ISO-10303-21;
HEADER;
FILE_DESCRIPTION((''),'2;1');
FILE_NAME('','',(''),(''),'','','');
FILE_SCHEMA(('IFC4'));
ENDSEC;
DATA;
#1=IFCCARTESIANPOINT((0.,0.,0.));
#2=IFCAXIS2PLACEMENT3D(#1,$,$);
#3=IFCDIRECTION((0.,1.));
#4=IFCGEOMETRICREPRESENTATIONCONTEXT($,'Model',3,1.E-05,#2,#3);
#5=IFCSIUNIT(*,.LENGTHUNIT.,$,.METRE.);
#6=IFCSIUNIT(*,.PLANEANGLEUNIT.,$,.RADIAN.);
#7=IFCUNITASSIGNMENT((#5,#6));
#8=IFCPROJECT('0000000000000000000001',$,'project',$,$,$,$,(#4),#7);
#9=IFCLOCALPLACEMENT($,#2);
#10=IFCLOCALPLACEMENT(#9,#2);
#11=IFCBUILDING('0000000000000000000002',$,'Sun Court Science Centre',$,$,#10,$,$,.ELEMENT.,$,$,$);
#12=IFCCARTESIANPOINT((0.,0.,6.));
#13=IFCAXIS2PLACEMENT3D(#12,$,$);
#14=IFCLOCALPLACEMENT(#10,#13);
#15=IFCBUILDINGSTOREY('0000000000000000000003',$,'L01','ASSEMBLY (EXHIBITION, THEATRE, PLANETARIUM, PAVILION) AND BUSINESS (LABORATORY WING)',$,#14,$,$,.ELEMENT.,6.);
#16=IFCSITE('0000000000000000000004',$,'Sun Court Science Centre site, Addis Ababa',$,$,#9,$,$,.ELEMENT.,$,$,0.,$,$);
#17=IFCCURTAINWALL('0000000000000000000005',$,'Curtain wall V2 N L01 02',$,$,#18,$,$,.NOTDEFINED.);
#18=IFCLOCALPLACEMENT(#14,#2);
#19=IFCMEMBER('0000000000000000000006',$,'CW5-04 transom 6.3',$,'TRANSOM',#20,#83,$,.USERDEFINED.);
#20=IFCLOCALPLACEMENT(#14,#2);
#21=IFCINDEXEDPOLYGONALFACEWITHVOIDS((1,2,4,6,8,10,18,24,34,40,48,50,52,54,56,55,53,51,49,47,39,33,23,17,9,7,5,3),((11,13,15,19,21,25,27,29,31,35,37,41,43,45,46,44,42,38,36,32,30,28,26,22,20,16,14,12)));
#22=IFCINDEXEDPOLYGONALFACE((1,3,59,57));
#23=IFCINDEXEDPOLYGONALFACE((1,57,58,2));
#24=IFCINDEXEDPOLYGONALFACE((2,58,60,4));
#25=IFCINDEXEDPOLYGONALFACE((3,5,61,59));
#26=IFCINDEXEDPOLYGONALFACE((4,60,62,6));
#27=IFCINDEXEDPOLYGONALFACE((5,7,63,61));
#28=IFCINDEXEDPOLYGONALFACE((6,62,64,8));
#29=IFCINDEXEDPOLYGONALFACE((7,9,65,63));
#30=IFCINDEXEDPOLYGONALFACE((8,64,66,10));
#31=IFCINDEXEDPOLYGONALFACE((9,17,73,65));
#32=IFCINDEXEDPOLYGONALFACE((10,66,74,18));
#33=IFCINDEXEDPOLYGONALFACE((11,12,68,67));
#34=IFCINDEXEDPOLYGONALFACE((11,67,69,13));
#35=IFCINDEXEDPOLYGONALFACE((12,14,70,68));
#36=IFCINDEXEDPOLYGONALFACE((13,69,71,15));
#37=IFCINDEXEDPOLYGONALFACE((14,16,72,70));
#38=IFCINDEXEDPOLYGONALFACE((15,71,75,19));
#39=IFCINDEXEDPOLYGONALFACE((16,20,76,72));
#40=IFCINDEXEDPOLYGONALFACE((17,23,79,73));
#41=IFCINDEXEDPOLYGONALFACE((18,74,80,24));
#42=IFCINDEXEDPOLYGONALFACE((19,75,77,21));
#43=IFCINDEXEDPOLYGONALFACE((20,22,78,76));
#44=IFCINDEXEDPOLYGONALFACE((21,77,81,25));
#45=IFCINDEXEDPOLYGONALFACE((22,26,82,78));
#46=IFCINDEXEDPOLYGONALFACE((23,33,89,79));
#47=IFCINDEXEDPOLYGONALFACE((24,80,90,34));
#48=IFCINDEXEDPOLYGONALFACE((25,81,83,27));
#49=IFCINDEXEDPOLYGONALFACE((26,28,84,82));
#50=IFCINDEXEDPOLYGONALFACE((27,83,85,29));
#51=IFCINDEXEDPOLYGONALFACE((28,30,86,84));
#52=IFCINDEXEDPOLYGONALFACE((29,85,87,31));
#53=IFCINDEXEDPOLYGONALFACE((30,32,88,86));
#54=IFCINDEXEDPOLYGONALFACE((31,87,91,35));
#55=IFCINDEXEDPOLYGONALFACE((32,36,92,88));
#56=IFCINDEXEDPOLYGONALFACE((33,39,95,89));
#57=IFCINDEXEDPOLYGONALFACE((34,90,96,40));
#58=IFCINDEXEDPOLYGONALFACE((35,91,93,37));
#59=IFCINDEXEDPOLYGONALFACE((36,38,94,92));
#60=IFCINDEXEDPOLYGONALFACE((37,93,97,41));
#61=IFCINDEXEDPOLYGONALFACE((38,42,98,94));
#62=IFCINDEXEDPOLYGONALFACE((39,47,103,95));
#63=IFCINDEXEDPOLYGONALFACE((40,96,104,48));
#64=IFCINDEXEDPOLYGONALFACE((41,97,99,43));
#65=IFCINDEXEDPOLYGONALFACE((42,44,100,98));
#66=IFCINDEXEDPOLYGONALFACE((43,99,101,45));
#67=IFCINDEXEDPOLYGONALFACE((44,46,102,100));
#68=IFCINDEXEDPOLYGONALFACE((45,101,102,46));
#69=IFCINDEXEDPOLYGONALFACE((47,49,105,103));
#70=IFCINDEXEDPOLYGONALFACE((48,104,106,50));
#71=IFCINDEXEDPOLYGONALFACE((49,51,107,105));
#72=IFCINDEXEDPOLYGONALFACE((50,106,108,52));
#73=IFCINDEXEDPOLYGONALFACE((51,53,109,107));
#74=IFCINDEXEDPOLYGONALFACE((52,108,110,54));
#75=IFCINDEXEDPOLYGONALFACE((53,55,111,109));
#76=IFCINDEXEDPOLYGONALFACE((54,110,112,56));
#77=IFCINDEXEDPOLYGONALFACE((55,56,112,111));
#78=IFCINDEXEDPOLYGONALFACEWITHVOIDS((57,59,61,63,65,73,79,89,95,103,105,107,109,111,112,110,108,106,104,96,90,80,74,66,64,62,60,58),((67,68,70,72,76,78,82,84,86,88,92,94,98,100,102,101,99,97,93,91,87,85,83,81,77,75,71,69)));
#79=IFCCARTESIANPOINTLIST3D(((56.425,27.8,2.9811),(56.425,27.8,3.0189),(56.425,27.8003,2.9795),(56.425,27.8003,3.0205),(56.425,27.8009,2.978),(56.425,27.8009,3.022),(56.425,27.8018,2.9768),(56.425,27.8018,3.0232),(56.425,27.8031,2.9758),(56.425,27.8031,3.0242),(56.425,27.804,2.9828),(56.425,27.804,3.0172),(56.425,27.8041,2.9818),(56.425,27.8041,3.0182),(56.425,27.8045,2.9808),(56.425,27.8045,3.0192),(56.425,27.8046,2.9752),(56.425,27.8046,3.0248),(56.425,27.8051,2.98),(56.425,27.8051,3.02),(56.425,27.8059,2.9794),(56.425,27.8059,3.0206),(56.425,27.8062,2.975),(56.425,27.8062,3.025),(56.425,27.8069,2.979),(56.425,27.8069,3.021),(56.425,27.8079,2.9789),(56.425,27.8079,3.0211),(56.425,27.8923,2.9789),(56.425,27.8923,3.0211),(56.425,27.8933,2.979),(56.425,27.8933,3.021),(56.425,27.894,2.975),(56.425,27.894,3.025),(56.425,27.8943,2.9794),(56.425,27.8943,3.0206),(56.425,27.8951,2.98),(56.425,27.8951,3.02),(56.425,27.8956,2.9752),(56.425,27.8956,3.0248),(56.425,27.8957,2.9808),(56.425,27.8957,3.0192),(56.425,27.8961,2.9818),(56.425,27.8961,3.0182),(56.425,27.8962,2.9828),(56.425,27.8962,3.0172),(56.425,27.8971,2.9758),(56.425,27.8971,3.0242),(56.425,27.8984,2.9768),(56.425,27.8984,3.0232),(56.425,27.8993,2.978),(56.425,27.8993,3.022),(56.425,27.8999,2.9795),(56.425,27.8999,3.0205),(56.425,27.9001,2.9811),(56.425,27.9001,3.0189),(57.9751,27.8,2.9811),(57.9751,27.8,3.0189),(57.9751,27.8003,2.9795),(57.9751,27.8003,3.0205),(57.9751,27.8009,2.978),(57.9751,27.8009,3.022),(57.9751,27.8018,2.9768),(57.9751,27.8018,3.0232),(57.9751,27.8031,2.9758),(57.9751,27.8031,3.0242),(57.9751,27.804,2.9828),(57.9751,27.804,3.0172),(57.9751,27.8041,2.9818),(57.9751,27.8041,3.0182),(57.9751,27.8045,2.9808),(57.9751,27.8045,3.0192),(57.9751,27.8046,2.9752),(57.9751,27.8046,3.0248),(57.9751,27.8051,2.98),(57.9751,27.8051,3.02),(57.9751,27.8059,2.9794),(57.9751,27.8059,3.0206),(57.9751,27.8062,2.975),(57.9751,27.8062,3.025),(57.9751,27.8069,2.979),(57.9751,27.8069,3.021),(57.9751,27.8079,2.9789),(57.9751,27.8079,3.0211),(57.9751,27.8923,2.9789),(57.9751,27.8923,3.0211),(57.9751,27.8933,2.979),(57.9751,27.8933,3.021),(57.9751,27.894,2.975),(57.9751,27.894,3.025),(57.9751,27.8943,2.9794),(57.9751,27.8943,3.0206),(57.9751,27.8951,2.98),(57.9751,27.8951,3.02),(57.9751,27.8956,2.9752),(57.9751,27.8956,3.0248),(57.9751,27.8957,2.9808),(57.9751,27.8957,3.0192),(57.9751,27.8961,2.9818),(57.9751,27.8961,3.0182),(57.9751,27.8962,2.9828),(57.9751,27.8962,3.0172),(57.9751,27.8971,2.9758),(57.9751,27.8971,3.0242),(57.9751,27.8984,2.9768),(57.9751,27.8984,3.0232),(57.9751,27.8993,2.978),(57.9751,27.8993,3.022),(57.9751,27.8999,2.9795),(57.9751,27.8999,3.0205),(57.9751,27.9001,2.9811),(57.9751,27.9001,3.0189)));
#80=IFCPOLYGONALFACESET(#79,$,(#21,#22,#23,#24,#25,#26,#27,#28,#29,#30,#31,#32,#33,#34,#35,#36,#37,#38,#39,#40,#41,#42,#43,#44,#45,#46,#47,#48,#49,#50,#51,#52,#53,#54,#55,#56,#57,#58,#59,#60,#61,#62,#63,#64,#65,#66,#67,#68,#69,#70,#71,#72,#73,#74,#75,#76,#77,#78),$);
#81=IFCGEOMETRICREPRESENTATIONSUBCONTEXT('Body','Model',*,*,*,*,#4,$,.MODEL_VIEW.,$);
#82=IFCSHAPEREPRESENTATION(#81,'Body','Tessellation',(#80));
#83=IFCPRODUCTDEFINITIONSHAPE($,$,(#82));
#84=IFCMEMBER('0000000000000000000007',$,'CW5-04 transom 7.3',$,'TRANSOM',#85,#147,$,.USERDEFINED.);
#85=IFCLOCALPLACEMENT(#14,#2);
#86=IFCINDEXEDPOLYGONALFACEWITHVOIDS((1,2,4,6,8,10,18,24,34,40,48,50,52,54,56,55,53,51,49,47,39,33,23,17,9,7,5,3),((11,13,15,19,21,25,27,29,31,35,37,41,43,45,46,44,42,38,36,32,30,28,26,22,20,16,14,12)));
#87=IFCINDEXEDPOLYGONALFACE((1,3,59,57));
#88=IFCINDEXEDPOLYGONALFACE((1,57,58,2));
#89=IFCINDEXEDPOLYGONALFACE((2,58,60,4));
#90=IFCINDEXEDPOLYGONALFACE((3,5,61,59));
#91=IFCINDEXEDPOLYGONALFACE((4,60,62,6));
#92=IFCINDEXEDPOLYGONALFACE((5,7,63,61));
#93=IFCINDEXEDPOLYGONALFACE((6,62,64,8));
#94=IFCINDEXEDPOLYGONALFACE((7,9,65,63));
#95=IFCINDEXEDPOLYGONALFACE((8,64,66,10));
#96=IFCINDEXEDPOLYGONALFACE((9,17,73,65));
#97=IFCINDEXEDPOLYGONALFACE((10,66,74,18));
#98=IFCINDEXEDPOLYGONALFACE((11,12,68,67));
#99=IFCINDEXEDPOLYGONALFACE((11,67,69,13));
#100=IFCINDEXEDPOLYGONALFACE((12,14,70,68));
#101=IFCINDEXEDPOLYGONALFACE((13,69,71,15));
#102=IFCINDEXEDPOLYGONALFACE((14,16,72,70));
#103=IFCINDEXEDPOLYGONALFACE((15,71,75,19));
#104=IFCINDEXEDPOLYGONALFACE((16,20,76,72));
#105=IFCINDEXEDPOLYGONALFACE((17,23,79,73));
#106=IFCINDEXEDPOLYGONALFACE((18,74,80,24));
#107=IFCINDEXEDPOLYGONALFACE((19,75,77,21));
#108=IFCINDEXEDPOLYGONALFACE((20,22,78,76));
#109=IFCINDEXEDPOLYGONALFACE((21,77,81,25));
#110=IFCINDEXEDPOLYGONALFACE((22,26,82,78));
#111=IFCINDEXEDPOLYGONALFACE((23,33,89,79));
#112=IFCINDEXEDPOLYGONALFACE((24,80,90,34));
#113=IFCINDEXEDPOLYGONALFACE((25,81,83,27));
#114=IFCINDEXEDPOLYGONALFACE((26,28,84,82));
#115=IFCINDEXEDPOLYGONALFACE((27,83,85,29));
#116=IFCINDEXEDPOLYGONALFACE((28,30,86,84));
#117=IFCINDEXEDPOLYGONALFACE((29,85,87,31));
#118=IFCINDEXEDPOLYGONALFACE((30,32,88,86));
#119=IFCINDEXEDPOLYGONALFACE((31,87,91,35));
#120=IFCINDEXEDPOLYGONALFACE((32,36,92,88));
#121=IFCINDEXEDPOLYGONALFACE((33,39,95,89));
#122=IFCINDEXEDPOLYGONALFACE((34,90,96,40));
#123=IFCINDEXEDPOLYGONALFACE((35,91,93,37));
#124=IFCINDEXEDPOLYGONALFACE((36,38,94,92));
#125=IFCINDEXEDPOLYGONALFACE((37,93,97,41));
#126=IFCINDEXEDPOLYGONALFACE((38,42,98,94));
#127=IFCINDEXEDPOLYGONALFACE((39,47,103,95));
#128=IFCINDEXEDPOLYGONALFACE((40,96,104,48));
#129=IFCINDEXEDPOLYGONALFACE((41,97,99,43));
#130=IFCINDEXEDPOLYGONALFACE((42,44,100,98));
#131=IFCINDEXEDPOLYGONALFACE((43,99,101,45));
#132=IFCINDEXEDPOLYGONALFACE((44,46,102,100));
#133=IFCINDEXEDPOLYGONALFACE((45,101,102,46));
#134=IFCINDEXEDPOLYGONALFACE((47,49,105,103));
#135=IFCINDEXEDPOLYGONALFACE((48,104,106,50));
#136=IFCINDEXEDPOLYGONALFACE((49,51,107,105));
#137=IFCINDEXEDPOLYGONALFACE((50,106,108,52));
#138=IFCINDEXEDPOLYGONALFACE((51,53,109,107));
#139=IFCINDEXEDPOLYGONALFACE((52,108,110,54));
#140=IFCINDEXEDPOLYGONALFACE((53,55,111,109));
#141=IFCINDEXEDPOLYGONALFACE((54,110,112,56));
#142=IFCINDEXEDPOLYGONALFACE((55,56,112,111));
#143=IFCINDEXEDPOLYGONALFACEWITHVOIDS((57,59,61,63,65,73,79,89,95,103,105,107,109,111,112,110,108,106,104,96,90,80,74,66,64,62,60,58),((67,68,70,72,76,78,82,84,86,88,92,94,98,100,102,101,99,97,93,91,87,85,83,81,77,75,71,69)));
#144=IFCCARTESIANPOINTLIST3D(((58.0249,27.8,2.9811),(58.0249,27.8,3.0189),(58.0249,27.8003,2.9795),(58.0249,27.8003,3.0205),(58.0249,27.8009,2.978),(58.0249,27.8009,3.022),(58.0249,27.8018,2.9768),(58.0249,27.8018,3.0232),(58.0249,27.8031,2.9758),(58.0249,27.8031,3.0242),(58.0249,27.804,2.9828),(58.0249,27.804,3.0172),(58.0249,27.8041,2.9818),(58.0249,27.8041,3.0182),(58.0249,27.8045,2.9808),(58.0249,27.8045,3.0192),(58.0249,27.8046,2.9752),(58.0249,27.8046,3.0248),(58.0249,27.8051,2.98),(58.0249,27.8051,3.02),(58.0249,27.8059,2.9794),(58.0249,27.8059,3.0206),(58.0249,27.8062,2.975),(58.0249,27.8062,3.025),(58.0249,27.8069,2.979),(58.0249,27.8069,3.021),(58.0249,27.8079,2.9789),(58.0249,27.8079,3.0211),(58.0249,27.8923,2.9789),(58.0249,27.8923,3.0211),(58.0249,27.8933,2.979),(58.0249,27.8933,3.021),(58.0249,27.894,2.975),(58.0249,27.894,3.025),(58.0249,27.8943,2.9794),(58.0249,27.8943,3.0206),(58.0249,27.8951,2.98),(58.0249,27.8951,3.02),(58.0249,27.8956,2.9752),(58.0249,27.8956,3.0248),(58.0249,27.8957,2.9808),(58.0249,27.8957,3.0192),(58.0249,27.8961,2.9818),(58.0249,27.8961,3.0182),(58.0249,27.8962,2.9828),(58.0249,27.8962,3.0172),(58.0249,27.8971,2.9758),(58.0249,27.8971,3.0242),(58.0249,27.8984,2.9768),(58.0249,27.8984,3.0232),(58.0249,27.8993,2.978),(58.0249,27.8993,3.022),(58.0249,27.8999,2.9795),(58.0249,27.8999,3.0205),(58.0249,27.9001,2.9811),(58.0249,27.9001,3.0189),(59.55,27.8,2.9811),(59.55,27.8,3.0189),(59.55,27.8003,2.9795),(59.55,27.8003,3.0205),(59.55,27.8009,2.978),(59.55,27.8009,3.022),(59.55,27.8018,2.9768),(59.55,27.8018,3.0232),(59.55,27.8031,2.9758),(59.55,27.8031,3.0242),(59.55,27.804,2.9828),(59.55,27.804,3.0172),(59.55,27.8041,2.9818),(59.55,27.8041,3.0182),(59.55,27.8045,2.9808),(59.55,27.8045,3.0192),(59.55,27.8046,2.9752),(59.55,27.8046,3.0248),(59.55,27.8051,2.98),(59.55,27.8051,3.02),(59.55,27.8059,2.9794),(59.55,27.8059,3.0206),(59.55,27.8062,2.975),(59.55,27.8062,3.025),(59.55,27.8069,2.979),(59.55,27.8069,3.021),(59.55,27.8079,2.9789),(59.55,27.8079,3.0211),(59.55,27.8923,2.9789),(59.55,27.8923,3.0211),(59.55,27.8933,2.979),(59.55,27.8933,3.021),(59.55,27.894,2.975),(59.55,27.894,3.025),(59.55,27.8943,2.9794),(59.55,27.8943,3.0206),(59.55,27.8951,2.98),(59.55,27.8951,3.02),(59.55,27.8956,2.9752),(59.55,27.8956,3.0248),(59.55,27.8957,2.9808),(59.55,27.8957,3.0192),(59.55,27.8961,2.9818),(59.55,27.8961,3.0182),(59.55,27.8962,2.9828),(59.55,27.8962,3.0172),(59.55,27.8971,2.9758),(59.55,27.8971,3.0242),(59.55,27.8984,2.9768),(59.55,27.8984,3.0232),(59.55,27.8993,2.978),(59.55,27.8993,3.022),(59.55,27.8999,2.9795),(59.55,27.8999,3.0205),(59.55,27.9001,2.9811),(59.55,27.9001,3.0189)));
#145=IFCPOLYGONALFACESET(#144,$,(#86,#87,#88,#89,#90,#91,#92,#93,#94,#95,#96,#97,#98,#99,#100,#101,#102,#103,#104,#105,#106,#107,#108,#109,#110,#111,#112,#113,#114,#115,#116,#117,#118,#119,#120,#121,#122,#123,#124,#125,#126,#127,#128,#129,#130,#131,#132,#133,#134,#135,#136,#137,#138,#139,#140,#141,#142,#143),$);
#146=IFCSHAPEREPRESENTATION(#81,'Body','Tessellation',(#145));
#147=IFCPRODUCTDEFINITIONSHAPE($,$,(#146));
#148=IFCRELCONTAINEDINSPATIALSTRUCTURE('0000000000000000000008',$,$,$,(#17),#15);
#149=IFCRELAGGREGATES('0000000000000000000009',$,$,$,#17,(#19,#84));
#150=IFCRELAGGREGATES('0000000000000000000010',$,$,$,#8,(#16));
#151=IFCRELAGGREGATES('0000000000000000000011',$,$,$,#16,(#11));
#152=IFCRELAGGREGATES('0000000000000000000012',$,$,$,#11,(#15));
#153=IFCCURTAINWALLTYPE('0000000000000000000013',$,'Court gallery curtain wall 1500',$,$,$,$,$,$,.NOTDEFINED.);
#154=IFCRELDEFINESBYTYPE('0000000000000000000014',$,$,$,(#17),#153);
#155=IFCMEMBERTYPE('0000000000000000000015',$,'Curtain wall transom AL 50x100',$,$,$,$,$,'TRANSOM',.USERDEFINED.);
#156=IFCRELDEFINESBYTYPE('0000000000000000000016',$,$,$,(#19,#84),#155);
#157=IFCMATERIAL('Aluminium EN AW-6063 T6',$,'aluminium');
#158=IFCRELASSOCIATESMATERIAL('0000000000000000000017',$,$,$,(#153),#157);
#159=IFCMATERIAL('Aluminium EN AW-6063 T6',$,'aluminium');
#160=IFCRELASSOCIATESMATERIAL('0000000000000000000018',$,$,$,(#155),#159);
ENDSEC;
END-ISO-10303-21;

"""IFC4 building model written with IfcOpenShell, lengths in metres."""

from ifc_helpers import new_model, si_unit, direction, frame, origin, origin_2d, place, context, subcontext, project, spatial, hollow_rectangle, extrude, material, material_profile, profile_set, type_object, element, aggregate, save


model = new_model("IFC4")

# Units and contexts
model_context = context("Model", 3, precision=1e-05, world=origin(), true_north=direction((0.0, 1.0)))
body_context = subcontext(model_context, "Body", "Model", "MODEL_VIEW")
ifc_project = project(units=[si_unit("LENGTHUNIT", "METRE"), si_unit("PLANEANGLEUNIT", "RADIAN")], contexts=[model_context])

# Site, building, storey
site_placement = place(None, origin())
site = spatial("IfcSite", under=ifc_project, at=site_placement, Name="Sun Court Science Centre site, Addis Ababa", CompositionType="ELEMENT", RefElevation=0.0)
building_placement = place(site_placement, origin())
building = spatial("IfcBuilding", under=site, at=building_placement, Name="Sun Court Science Centre", CompositionType="ELEMENT")
storey_placement = place(building_placement, frame((0.0, 0.0, 6.0)))
storey = spatial("IfcBuildingStorey", under=building, at=storey_placement, Name="L01", Description="ASSEMBLY (EXHIBITION, THEATRE, PLANETARIUM, PAVILION) AND BUSINESS (LABORATORY WING)", CompositionType="ELEMENT", Elevation=6.0)

# Curtain wall, members
ifc_material_1 = material(Name="Aluminium EN AW-6063 T6", Category="aluminium")
curtain_wall_type = type_object("IfcCurtainWallType", Name="Court gallery curtain wall 1500", PredefinedType="NOTDEFINED", material=ifc_material_1)
curtain_wall_placement = place(storey_placement, origin())
curtain_wall = element("IfcCurtainWall", 1, at=curtain_wall_placement, inside=storey, type_object=curtain_wall_type, Name="Curtain wall V2 N L01 02", PredefinedType="NOTDEFINED")
ifc_material_2 = material(Name="Aluminium EN AW-6063 T6", Category="aluminium")
ifc_material_profile_1 = material_profile(ifc_material_2, hollow_rectangle(XDim=0.05, YDim=0.1001, WallThickness=0.0039, InnerFilletRadius=0.0039, OuterFilletRadius=0.0061, at=origin_2d()), Name="AL 50x100x4")
ifc_profile_set_1 = profile_set([ifc_material_profile_1], Name="Aluminium EN AW-6063 T6")
member_type_1 = type_object("IfcMemberType", Name="Curtain wall transom AL 50x100", ElementType="TRANSOM", PredefinedType="USERDEFINED", material=ifc_profile_set_1)
member_1_placement = place(storey_placement, frame((56.425, 27.8501, 3.0), z_axis=(1.0, 0.0, 0.0), x_axis=(0.0, 0.0, 1.0)))
member_1 = element("IfcMember", 2, at=member_1_placement, type_object=member_type_1, Name="CW5-04 transom 6.3", ObjectType="TRANSOM", PredefinedType="USERDEFINED", context=body_context, shape_type="SweptSolid", body=[
    extrude(hollow_rectangle(XDim=0.05, YDim=0.1001, WallThickness=0.0039, InnerFilletRadius=0.0039, OuterFilletRadius=0.0061, at=origin_2d()), origin(), (0.0, 0.0, 1.0), 1.55),
])
member_2_placement = place(storey_placement, frame((58.0249, 27.8501, 3.0), z_axis=(1.0, 0.0, 0.0), x_axis=(0.0, 0.0, 1.0)))
member_2 = element("IfcMember", 3, at=member_2_placement, type_object=member_type_1, Name="CW5-04 transom 7.3", ObjectType="TRANSOM", PredefinedType="USERDEFINED", context=body_context, shape_type="SweptSolid", body=[
    extrude(hollow_rectangle(XDim=0.05, YDim=0.1001, WallThickness=0.0039, InnerFilletRadius=0.0039, OuterFilletRadius=0.0061, at=origin_2d()), origin(), (0.0, 0.0, 1.0), 1.5251),
])

aggregate(curtain_wall, [member_1, member_2])

save(model, "model.ifc")
